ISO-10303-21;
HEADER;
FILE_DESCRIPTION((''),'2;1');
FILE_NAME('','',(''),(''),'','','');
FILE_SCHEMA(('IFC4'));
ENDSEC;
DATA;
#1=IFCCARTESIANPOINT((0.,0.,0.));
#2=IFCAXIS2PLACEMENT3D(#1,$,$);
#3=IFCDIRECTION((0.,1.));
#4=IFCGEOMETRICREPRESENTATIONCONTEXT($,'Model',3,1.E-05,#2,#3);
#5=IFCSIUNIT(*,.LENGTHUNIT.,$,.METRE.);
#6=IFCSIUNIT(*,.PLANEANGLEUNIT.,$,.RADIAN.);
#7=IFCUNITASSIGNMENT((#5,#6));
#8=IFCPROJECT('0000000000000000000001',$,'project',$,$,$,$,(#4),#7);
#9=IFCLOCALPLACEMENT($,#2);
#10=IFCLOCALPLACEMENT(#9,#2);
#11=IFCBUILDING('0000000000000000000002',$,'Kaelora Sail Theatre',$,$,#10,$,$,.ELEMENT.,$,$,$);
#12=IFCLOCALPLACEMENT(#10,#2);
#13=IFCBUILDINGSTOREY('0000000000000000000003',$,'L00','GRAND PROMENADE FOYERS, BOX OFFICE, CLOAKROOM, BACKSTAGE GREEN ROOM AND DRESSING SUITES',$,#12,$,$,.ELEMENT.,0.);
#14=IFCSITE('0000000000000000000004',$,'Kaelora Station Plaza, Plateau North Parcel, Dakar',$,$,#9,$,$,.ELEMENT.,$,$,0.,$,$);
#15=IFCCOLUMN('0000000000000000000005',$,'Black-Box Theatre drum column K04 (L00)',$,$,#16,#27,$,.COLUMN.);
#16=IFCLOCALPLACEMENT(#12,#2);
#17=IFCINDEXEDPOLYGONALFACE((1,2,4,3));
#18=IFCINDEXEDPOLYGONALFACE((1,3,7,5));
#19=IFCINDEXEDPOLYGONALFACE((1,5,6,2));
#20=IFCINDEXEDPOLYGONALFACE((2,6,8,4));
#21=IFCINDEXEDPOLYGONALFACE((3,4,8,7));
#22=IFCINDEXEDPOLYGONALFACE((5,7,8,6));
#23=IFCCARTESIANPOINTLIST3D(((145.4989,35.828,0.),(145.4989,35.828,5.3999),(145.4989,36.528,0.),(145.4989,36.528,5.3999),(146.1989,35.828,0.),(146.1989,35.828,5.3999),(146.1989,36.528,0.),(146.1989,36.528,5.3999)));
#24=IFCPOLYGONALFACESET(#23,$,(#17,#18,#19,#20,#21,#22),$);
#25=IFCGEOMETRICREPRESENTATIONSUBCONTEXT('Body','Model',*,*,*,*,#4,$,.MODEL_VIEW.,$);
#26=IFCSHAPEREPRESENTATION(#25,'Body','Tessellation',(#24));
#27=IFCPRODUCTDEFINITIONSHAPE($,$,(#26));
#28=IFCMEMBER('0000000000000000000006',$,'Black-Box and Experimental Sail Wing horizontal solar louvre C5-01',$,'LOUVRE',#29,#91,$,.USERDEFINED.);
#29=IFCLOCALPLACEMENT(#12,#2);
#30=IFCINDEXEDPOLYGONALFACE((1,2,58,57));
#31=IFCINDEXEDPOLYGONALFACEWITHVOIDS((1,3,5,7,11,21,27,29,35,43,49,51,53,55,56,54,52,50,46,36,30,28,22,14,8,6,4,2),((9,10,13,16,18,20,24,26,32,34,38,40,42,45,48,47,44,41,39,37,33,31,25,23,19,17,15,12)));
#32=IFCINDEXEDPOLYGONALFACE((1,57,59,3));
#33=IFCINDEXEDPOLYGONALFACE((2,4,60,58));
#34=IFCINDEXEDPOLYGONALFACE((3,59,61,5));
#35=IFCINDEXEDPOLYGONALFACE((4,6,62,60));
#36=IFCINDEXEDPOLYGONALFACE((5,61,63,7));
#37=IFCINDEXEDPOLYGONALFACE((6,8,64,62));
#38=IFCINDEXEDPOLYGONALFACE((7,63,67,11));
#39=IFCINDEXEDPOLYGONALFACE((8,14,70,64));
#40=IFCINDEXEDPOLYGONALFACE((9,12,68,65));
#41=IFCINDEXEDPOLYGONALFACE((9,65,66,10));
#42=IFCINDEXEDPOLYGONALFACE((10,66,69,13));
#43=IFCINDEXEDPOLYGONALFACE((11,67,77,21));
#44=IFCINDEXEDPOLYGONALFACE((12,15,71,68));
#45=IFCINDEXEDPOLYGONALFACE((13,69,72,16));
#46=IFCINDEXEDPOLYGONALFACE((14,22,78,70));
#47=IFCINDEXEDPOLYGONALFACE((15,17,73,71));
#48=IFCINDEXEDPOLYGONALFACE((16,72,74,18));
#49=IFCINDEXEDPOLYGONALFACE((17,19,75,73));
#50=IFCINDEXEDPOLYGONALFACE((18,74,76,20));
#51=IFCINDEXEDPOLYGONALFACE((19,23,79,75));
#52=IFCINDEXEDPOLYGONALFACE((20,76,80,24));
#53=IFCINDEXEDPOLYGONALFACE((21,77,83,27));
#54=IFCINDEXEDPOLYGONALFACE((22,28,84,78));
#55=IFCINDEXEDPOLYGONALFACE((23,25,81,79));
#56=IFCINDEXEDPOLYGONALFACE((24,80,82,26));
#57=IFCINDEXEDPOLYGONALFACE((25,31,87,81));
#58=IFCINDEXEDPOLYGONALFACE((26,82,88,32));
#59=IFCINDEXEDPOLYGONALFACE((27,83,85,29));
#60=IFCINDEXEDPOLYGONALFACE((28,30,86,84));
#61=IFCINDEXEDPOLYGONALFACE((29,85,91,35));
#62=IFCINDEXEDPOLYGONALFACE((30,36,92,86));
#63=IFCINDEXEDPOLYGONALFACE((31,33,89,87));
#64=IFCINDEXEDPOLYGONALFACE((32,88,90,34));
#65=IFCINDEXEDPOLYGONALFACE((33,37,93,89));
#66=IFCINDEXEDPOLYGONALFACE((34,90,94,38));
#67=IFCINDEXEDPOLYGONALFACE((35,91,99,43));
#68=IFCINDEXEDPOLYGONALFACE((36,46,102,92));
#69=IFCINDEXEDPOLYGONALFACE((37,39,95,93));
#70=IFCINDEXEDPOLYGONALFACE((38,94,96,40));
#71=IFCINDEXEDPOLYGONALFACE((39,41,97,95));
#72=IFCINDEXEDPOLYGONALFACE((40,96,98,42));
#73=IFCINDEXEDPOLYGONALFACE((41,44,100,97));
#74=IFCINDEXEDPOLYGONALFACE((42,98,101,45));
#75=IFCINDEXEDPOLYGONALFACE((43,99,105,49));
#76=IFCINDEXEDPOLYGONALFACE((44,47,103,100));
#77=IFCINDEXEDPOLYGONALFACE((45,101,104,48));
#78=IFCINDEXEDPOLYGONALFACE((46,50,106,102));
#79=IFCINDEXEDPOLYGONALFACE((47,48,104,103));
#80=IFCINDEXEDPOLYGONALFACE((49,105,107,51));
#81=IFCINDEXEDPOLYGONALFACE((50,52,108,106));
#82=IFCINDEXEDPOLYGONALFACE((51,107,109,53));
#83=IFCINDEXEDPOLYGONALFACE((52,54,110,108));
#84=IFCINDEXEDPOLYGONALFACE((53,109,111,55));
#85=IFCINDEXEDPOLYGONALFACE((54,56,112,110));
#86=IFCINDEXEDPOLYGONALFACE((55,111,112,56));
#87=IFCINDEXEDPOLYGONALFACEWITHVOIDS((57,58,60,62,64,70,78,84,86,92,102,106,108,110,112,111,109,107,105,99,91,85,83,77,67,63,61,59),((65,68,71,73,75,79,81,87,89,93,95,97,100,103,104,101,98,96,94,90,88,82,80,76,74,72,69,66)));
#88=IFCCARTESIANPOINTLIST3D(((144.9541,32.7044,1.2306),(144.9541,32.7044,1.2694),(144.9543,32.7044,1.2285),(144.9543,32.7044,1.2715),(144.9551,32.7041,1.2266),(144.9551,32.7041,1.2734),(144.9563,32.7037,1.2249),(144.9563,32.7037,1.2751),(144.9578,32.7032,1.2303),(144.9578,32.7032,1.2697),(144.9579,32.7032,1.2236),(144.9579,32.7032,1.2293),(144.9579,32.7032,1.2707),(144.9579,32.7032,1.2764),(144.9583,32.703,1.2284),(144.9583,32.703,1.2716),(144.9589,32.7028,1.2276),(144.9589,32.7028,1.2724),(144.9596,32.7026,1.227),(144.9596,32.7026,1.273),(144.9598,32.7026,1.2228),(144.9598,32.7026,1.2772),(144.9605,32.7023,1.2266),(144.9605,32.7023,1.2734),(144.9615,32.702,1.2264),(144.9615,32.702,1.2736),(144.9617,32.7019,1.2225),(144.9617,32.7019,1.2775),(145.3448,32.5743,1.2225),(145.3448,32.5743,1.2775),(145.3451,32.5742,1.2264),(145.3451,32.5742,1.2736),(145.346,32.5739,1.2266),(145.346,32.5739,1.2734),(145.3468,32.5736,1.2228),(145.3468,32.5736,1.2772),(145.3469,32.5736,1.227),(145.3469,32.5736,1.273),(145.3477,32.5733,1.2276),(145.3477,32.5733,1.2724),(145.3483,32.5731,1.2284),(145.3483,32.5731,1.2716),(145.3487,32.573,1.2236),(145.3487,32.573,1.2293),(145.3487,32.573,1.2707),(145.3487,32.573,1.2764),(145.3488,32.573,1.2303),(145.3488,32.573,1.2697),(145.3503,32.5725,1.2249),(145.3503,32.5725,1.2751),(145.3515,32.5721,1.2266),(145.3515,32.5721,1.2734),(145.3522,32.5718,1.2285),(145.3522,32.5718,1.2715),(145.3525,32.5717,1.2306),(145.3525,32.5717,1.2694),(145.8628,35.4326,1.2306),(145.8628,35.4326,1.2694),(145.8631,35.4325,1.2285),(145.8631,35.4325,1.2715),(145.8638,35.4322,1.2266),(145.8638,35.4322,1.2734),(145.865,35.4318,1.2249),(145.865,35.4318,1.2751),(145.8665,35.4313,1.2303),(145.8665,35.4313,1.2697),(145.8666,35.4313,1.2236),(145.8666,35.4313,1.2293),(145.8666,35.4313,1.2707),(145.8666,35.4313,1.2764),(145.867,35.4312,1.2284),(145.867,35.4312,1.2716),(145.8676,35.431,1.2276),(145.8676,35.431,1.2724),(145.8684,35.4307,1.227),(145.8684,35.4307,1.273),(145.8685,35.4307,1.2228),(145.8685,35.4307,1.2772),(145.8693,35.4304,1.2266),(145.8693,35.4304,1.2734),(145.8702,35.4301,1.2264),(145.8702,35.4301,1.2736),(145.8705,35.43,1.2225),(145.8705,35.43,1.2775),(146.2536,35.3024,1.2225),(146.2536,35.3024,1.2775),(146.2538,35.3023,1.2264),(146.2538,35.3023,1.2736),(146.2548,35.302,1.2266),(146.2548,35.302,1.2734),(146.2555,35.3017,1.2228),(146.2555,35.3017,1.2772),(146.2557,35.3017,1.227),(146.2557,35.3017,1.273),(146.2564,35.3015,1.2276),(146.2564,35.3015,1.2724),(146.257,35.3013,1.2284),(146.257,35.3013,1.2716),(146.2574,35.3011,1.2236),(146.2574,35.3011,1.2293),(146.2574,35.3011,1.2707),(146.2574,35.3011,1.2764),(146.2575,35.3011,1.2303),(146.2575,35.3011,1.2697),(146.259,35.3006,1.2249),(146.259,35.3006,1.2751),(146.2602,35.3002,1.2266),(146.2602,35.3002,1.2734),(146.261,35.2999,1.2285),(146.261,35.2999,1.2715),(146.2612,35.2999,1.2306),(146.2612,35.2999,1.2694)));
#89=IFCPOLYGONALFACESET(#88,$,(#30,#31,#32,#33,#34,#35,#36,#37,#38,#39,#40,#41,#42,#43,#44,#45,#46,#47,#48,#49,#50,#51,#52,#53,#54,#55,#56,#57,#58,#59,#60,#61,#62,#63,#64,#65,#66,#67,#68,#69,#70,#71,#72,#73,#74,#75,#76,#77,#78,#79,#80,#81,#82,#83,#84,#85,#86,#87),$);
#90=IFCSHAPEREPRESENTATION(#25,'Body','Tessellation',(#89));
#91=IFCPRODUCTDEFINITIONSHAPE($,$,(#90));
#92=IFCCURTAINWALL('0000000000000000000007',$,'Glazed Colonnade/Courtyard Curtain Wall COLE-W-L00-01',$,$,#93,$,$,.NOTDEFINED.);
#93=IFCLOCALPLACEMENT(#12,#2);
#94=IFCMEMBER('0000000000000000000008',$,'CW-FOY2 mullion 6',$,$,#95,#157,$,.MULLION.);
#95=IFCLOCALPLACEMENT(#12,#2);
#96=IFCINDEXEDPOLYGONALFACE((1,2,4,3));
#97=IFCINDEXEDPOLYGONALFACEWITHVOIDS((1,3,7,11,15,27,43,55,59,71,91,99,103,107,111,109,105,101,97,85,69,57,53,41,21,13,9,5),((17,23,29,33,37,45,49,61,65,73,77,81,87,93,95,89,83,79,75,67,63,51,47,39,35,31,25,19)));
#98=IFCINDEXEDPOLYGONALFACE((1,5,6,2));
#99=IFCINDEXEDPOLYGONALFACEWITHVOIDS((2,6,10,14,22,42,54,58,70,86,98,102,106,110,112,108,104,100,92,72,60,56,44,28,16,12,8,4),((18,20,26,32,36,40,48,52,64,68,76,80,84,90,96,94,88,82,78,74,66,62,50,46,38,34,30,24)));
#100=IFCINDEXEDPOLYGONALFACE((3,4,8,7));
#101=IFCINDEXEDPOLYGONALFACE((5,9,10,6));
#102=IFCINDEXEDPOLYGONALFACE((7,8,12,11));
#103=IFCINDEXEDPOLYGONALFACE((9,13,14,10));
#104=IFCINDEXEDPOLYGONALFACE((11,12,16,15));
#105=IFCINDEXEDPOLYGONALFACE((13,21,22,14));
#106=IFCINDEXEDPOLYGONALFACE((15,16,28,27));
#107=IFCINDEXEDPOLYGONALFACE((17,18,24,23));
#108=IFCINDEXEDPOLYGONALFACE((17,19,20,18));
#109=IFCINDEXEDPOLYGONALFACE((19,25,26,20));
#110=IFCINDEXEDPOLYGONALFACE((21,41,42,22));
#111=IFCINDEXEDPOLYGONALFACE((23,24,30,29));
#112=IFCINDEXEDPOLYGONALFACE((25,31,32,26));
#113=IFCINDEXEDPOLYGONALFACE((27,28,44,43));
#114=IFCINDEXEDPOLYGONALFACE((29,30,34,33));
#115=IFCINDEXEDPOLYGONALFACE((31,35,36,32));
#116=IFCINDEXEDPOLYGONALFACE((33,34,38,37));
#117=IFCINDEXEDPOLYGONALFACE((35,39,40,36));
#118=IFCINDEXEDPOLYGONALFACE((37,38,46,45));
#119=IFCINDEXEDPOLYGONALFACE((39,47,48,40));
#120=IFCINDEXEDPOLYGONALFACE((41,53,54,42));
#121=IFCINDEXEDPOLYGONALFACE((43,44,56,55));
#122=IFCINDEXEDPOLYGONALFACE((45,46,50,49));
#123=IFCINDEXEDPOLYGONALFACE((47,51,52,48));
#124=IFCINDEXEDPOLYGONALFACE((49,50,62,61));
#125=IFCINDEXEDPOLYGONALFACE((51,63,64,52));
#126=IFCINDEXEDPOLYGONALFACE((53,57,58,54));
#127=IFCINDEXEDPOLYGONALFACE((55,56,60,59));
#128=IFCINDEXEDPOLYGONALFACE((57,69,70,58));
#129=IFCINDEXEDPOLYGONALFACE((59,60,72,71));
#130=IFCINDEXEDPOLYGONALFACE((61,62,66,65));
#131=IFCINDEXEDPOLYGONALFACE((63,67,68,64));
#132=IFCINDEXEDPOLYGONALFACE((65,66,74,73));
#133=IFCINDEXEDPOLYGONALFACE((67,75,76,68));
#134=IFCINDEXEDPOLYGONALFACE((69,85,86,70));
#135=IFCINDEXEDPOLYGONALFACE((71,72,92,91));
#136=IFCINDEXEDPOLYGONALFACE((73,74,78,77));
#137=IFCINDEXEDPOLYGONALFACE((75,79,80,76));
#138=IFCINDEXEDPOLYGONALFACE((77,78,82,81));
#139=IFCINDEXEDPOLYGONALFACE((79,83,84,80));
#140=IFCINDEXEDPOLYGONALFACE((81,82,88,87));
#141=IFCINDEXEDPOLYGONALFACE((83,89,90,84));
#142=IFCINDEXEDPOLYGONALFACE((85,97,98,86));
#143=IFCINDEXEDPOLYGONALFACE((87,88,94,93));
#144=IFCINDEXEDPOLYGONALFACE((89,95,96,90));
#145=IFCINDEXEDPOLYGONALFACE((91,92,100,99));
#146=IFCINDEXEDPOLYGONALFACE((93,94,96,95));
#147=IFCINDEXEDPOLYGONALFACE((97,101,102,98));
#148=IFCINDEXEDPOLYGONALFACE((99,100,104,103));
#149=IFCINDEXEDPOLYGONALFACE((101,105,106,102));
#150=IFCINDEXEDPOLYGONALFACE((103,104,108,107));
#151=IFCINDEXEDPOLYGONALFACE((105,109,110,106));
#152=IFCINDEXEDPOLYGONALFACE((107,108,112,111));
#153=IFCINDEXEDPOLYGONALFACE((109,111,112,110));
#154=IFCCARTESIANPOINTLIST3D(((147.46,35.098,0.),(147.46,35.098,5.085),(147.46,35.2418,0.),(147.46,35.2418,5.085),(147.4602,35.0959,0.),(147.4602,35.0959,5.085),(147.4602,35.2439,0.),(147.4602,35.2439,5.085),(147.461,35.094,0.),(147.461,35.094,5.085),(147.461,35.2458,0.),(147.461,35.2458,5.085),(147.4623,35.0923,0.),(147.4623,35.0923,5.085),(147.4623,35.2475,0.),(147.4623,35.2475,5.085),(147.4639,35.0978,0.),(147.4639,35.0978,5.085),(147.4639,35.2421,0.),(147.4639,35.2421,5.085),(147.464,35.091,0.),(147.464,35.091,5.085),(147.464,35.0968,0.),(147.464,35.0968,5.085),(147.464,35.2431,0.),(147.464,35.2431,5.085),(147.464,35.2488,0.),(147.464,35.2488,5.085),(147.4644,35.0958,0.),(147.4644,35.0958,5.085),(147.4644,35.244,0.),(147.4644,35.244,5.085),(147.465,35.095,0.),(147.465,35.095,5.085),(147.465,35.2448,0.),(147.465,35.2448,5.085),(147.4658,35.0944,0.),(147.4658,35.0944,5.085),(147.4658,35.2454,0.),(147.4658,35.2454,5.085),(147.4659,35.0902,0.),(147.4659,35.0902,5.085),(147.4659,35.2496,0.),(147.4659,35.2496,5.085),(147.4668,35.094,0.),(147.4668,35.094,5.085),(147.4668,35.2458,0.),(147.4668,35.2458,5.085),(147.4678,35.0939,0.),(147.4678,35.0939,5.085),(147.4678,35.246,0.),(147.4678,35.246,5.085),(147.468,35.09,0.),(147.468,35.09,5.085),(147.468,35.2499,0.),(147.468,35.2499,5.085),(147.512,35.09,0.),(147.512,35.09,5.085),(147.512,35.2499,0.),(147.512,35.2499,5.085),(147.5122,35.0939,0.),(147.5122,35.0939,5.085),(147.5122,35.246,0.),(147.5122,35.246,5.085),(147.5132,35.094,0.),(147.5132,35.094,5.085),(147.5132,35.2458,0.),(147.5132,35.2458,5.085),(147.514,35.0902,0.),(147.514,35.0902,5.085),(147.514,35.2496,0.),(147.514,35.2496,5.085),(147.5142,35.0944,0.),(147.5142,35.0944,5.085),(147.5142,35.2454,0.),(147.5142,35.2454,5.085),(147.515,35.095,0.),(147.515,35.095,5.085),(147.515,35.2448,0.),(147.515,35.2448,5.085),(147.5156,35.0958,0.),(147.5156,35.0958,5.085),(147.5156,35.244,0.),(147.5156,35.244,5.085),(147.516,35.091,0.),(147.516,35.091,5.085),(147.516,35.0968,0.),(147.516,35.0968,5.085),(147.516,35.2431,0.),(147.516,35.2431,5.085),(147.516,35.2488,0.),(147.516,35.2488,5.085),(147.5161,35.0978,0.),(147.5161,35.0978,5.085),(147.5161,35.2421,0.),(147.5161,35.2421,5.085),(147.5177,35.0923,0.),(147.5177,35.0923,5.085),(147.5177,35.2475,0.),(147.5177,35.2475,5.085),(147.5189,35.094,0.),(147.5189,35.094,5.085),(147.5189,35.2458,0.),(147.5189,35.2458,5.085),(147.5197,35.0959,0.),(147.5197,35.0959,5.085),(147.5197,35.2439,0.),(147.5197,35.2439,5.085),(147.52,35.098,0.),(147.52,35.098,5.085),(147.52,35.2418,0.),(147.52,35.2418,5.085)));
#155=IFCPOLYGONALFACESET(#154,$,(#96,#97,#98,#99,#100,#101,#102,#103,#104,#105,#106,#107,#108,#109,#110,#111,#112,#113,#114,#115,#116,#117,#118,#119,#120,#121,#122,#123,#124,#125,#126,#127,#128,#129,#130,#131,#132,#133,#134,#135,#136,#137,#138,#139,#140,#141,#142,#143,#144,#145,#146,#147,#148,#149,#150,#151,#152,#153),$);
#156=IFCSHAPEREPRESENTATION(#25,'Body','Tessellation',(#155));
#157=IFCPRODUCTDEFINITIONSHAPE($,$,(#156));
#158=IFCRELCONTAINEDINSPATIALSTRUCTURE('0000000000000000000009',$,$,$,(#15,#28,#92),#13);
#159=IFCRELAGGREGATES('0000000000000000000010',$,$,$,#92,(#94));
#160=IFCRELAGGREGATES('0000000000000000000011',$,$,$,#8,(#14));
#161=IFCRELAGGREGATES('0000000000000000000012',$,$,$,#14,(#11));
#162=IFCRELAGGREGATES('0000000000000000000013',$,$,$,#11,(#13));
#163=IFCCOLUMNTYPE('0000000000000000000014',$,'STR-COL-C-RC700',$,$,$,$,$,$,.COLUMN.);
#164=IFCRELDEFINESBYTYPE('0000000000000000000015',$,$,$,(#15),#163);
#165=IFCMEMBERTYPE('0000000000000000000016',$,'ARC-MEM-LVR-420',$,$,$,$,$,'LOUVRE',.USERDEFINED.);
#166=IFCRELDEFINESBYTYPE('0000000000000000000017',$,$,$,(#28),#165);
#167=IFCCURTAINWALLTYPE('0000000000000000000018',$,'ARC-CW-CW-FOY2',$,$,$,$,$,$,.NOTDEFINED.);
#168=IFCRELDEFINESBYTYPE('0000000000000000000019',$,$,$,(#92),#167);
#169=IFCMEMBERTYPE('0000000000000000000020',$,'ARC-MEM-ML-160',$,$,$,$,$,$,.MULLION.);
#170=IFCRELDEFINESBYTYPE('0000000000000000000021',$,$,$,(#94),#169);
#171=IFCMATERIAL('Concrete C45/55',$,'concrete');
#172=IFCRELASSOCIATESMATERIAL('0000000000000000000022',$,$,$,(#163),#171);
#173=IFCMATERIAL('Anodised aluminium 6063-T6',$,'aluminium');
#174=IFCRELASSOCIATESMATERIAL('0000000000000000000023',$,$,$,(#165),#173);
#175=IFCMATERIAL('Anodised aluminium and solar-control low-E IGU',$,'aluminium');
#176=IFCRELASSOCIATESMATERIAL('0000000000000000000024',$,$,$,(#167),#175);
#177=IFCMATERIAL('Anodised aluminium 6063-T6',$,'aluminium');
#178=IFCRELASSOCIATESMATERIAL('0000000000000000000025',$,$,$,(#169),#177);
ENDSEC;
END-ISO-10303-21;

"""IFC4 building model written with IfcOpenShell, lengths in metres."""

from ifc_helpers import new_model, si_unit, direction, frame, origin, origin_2d, place, context, subcontext, project, spatial, rectangle, hollow_rectangle, extrude, material, material_profile, profile_set, type_object, element, aggregate, save


model = new_model("IFC4")

# Units and contexts
model_context = context("Model", 3, precision=1e-05, world=origin(), true_north=direction((0.0, 1.0)))
body_context = subcontext(model_context, "Body", "Model", "MODEL_VIEW")
ifc_project = project(units=[si_unit("LENGTHUNIT", "METRE"), si_unit("PLANEANGLEUNIT", "RADIAN")], contexts=[model_context])

# Site, building, storey
site_placement = place(None, origin())
site = spatial("IfcSite", under=ifc_project, at=site_placement, Name="Kaelora Station Plaza, Plateau North Parcel, Dakar", CompositionType="ELEMENT", RefElevation=0.0)
building_placement = place(site_placement, origin())
building = spatial("IfcBuilding", under=site, at=building_placement, Name="Kaelora Sail Theatre", CompositionType="ELEMENT")
storey_placement = place(building_placement, origin())
storey = spatial("IfcBuildingStorey", under=building, at=storey_placement, Name="L00", Description="GRAND PROMENADE FOYERS, BOX OFFICE, CLOAKROOM, BACKSTAGE GREEN ROOM AND DRESSING SUITES", CompositionType="ELEMENT", Elevation=0.0)

# Column
ifc_material_1 = material(Name="Concrete C45/55", Category="concrete")
ifc_material_profile_1 = material_profile(ifc_material_1, rectangle(XDim=0.7, YDim=0.7, at=origin_2d()), Name="RC-COL 700x700")
ifc_profile_set_1 = profile_set([ifc_material_profile_1], Name="Concrete C45/55")
column_type = type_object("IfcColumnType", Name="STR-COL-C-RC700", PredefinedType="COLUMN", material=ifc_profile_set_1)
column_placement = place(storey_placement, frame((145.8489, 36.178, 0.0), z_axis=(0.0, 0.0, 1.0), x_axis=(1.0, 0.0, 0.0)))
element("IfcColumn", 1, at=column_placement, inside=storey, type_object=column_type, Name="Black-Box Theatre drum column K04 (L00)", PredefinedType="COLUMN", context=body_context, shape_type="SweptSolid", body=[
    extrude(rectangle(XDim=0.7, YDim=0.7, at=origin_2d()), origin(), (0.0, 0.0, 1.0), 5.3999),
])

# Member
ifc_material_2 = material(Name="Anodised aluminium 6063-T6", Category="aluminium")
ifc_material_profile_2 = material_profile(ifc_material_2, hollow_rectangle(XDim=0.4199, YDim=0.0549, WallThickness=0.0039, InnerFilletRadius=0.0039, OuterFilletRadius=0.0081, at=origin_2d()), Name="LOUVRE 420x55x4")
ifc_profile_set_2 = profile_set([ifc_material_profile_2], Name="Anodised aluminium 6063-T6")
member_type_1 = type_object("IfcMemberType", Name="ARC-MEM-LVR-420", ElementType="LOUVRE", PredefinedType="USERDEFINED", material=ifc_profile_set_2)
member_1_placement = place(storey_placement, frame((146.062, 35.3662, 1.25), z_axis=(-0.316024, -0.948751, 0.0), x_axis=(0.948751, -0.316024, 0.0)))
element("IfcMember", 2, at=member_1_placement, inside=storey, type_object=member_type_1, Name="Black-Box and Experimental Sail Wing horizontal solar louvre C5-01", ObjectType="LOUVRE", PredefinedType="USERDEFINED", context=body_context, shape_type="SweptSolid", body=[
    extrude(hollow_rectangle(XDim=0.4199, YDim=0.0549, WallThickness=0.0039, InnerFilletRadius=0.0039, OuterFilletRadius=0.0081, at=origin_2d()), origin(), (0.0, 0.0, 1.0), 2.8755),
])

# Curtain wall, member
ifc_material_3 = material(Name="Anodised aluminium and solar-control low-E IGU", Category="aluminium")
curtain_wall_type = type_object("IfcCurtainWallType", Name="ARC-CW-CW-FOY2", PredefinedType="NOTDEFINED", material=ifc_material_3)
curtain_wall_1_placement = place(storey_placement, origin())
curtain_wall_1 = element("IfcCurtainWall", 3, at=curtain_wall_1_placement, inside=storey, type_object=curtain_wall_type, Name="Glazed Colonnade/Courtyard Curtain Wall COLE-W-L00-01", PredefinedType="NOTDEFINED")
ifc_material_4 = material(Name="Anodised aluminium 6063-T6", Category="aluminium")
ifc_material_profile_3 = material_profile(ifc_material_4, hollow_rectangle(XDim=0.0601, YDim=0.1599, WallThickness=0.0039, InnerFilletRadius=0.0039, OuterFilletRadius=0.0081, at=origin_2d()), Name="ALU-MULL 60x160x4")
ifc_profile_set_3 = profile_set([ifc_material_profile_3], Name="Anodised aluminium 6063-T6")
member_type_2 = type_object("IfcMemberType", Name="ARC-MEM-ML-160", PredefinedType="MULLION", material=ifc_profile_set_3)
member_2_placement = place(storey_placement, frame((147.49, 35.1699, 0.0), z_axis=(0.0, 0.0, 1.0), x_axis=(-1.0, 0.0, 0.0)))
member_2 = element("IfcMember", 4, at=member_2_placement, type_object=member_type_2, Name="CW-FOY2 mullion 6", PredefinedType="MULLION", context=body_context, shape_type="SweptSolid", body=[
    extrude(hollow_rectangle(XDim=0.0601, YDim=0.1599, WallThickness=0.0039, InnerFilletRadius=0.0039, OuterFilletRadius=0.0081, at=origin_2d()), origin(), (0.0, 0.0, 1.0), 5.085),
])
aggregate(curtain_wall_1, [member_2])

save(model, "model.ifc")
